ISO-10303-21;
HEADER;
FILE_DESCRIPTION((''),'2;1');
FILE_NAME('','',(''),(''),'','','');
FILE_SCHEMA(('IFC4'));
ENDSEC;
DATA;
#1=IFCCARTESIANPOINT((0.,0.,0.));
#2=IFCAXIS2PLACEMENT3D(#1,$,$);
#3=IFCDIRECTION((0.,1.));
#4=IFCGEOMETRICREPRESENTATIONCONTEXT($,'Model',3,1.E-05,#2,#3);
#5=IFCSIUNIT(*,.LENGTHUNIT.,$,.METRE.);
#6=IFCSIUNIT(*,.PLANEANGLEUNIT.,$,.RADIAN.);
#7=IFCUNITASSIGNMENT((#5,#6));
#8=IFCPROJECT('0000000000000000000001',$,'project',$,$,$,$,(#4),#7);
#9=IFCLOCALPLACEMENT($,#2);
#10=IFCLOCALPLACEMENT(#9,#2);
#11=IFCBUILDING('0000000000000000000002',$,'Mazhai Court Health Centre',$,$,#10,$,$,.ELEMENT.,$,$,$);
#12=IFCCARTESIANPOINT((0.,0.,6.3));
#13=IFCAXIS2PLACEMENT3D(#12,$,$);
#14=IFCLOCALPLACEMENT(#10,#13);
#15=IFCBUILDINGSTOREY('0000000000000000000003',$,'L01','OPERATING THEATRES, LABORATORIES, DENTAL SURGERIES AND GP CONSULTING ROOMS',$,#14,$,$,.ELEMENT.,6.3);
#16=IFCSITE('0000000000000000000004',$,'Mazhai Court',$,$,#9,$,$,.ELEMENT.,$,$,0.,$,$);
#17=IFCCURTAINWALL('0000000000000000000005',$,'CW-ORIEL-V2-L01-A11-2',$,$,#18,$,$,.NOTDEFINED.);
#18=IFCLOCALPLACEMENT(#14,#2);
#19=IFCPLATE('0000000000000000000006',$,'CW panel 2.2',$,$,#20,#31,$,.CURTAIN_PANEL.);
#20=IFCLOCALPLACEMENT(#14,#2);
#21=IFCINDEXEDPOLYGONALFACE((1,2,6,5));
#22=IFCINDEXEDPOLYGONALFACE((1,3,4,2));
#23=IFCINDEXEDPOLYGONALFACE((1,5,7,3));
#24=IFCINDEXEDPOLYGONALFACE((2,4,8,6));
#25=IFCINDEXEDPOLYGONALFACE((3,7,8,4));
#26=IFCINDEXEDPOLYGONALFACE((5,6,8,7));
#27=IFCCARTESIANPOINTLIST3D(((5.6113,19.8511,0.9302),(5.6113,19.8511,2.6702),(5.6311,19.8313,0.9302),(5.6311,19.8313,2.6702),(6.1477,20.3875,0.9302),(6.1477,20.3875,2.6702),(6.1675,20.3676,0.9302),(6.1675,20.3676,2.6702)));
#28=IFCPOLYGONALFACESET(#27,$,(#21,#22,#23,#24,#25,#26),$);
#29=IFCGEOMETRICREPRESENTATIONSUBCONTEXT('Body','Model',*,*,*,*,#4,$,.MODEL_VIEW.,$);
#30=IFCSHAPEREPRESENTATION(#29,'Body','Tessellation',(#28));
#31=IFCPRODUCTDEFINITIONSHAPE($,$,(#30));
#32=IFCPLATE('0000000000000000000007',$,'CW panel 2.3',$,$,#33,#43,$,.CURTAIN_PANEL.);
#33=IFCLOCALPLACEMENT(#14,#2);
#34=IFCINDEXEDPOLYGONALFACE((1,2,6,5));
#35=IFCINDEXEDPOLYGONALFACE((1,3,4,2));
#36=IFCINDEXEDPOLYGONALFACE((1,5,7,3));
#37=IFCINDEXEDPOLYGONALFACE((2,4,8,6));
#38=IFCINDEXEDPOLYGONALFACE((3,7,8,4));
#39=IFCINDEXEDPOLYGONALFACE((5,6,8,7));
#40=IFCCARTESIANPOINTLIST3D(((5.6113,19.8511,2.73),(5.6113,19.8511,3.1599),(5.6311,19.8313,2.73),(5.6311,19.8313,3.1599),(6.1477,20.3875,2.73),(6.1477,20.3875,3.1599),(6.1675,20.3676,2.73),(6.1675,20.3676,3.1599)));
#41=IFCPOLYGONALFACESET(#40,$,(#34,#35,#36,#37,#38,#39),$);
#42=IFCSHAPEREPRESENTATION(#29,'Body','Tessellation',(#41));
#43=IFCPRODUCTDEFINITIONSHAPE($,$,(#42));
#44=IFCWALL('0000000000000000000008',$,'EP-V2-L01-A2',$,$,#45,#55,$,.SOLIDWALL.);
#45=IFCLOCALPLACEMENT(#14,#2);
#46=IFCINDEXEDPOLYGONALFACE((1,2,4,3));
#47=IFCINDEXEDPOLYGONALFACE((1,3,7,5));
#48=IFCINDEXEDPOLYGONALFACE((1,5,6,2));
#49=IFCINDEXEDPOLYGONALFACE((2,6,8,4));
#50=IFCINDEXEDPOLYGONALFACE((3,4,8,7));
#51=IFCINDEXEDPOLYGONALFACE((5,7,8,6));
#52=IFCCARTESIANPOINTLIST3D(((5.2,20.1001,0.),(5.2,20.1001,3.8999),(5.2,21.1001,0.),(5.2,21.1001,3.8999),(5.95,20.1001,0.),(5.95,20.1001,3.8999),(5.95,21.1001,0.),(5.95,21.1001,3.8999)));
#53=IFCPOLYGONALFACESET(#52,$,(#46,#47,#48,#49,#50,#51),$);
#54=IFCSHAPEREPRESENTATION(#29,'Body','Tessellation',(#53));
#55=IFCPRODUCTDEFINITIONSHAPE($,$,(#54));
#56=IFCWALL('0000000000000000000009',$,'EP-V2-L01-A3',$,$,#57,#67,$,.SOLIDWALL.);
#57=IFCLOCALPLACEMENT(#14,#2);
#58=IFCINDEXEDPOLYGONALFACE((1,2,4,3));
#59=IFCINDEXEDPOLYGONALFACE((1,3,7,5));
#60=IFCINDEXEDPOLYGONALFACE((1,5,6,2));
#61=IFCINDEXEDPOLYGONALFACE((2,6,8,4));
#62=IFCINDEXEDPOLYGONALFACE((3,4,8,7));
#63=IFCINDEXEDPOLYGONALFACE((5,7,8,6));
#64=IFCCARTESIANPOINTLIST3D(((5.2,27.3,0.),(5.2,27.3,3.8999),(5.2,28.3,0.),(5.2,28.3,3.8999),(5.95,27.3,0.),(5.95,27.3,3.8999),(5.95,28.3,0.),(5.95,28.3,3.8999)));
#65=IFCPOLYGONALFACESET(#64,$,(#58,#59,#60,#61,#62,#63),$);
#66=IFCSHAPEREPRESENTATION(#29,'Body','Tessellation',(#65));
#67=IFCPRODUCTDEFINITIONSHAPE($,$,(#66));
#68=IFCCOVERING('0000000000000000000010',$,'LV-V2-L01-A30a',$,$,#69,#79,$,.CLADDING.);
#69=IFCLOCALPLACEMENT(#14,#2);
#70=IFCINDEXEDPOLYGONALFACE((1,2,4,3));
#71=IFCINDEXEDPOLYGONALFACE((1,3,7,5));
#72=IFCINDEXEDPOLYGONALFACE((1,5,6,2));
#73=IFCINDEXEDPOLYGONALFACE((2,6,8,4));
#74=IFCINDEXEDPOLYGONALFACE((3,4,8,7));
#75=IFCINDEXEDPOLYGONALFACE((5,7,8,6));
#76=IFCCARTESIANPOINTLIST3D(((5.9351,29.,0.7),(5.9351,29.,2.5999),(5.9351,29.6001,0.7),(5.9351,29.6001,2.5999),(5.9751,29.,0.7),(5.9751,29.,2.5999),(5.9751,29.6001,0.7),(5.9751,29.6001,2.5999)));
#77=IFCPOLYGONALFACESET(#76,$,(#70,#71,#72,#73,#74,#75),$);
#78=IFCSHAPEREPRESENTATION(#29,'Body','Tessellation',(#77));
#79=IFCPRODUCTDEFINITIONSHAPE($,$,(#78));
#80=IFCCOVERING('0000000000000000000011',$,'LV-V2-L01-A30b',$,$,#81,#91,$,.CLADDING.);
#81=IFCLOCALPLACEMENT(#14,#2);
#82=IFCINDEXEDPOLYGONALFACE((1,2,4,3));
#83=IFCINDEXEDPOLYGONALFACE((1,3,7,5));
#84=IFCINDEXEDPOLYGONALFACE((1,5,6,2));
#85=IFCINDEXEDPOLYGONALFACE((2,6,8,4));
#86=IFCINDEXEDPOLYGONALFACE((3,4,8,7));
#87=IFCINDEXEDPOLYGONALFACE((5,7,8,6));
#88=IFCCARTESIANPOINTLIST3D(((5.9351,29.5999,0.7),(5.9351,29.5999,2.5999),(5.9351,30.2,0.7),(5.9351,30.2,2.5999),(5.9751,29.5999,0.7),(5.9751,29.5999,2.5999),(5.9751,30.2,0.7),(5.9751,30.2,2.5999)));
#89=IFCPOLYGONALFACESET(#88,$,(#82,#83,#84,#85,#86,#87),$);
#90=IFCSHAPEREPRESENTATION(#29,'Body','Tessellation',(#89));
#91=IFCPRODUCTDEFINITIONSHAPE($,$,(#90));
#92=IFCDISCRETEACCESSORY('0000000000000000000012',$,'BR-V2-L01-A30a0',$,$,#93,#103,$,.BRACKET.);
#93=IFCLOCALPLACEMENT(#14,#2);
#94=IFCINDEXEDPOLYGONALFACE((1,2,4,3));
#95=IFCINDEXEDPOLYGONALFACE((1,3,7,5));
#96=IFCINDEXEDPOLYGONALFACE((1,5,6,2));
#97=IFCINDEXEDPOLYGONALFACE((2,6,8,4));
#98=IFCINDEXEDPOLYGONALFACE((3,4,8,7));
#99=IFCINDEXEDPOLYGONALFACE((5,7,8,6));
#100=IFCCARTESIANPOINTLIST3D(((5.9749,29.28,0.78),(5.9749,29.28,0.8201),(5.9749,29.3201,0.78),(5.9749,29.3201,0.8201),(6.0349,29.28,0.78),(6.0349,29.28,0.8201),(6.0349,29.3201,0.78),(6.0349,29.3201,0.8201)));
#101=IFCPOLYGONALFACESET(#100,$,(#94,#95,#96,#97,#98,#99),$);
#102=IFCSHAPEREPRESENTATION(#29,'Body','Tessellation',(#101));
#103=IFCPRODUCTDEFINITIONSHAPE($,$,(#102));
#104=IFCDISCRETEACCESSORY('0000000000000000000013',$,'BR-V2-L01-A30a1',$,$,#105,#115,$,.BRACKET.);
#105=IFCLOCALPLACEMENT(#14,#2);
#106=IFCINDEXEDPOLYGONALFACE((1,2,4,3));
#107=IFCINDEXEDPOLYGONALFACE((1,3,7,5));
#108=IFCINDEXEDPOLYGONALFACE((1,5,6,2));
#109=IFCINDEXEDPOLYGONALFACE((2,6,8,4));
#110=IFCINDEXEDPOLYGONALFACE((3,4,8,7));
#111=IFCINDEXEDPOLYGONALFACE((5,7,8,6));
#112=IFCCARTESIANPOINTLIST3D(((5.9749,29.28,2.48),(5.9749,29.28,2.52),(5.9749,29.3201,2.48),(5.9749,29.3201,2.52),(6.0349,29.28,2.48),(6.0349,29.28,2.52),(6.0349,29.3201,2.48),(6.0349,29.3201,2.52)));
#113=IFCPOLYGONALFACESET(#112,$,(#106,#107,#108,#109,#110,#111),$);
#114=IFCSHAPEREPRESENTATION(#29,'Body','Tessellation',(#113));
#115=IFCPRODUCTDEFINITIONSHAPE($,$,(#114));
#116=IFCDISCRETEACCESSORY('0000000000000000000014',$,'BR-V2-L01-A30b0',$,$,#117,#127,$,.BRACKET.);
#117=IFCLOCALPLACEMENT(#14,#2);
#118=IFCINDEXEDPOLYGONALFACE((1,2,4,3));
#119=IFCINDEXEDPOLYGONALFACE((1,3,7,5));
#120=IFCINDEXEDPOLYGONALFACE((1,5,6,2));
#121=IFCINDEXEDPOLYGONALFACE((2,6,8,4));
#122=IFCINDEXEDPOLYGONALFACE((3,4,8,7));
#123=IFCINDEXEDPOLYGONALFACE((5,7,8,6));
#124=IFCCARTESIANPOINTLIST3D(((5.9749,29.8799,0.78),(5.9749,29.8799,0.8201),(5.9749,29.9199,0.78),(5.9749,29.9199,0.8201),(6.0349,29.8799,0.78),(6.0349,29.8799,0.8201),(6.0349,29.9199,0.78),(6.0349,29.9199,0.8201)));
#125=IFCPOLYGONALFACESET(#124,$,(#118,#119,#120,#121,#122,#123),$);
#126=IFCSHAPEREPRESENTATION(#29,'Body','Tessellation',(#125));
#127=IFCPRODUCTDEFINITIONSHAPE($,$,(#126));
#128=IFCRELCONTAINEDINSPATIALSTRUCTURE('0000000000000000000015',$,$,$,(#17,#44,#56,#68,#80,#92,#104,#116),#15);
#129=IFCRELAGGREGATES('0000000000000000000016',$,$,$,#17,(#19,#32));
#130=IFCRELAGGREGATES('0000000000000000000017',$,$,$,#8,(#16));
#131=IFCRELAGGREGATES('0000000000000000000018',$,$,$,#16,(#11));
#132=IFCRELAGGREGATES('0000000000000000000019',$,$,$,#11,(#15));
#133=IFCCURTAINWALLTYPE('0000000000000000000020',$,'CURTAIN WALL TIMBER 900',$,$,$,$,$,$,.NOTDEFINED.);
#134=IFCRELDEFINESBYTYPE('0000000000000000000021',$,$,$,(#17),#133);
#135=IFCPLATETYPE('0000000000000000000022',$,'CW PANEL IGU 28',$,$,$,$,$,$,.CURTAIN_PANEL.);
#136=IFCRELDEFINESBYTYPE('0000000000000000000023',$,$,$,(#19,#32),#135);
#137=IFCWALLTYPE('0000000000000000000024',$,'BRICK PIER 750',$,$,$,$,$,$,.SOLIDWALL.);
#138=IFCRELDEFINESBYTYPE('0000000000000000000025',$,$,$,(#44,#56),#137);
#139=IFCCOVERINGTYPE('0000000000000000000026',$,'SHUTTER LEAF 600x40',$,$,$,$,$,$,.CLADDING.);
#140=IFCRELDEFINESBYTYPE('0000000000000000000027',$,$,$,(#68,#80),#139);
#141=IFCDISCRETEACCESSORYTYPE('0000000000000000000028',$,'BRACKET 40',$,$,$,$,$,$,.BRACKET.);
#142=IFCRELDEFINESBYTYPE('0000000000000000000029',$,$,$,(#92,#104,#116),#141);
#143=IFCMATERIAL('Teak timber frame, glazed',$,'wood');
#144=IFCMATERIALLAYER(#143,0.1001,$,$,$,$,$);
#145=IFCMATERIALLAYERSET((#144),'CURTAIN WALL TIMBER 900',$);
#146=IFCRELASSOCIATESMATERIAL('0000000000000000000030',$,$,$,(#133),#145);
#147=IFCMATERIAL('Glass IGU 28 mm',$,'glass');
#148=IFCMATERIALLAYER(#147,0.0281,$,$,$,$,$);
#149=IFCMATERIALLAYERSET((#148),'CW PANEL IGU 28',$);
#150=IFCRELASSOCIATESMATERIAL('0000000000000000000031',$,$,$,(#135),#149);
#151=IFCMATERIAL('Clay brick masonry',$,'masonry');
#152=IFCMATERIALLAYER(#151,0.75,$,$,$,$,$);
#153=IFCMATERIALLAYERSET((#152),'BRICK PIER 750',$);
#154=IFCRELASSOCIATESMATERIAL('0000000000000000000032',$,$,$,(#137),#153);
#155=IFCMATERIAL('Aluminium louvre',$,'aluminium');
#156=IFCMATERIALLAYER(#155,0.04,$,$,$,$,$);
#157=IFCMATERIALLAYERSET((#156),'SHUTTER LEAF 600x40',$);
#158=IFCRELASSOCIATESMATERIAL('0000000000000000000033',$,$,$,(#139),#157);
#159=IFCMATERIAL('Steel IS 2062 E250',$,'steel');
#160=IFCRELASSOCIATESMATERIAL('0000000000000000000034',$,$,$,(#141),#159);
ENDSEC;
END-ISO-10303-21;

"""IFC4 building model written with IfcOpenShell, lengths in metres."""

from ifc_helpers import new_model, si_unit, direction, frame, frame_2d, origin, origin_2d, place, context, subcontext, project, spatial, rectangle, extrude, material, layer, layer_set, type_object, element, aggregate, save


model = new_model("IFC4")

# Units and contexts
model_context = context("Model", 3, precision=1e-05, world=origin(), true_north=direction((0.0, 1.0)))
body_context = subcontext(model_context, "Body", "Model", "MODEL_VIEW")
ifc_project = project(units=[si_unit("LENGTHUNIT", "METRE"), si_unit("PLANEANGLEUNIT", "RADIAN")], contexts=[model_context])

# Site, building, storey
site_placement = place(None, origin())
site = spatial("IfcSite", under=ifc_project, at=site_placement, Name="Mazhai Court", CompositionType="ELEMENT", RefElevation=0.0)
building_placement = place(site_placement, origin())
building = spatial("IfcBuilding", under=site, at=building_placement, Name="Mazhai Court Health Centre", CompositionType="ELEMENT")
storey_placement = place(building_placement, frame((0.0, 0.0, 6.3)))
storey = spatial("IfcBuildingStorey", under=building, at=storey_placement, Name="L01", Description="OPERATING THEATRES, LABORATORIES, DENTAL SURGERIES AND GP CONSULTING ROOMS", CompositionType="ELEMENT", Elevation=6.3)

# Curtain wall, plates
ifc_material_1 = material(Name="Teak timber frame, glazed", Category="wood")
ifc_layer_1 = layer(ifc_material_1, 0.1001)
ifc_layer_set_1 = layer_set([ifc_layer_1], Name="CURTAIN WALL TIMBER 900")
curtain_wall_type = type_object("IfcCurtainWallType", Name="CURTAIN WALL TIMBER 900", PredefinedType="NOTDEFINED", material=ifc_layer_set_1)
curtain_wall_placement = place(storey_placement, origin())
curtain_wall = element("IfcCurtainWall", 1, at=curtain_wall_placement, inside=storey, type_object=curtain_wall_type, Name="CW-ORIEL-V2-L01-A11-2", PredefinedType="NOTDEFINED")
ifc_material_2 = material(Name="Glass IGU 28 mm", Category="glass")
ifc_layer_2 = layer(ifc_material_2, 0.0281)
ifc_layer_set_2 = layer_set([ifc_layer_2], Name="CW PANEL IGU 28")
plate_type = type_object("IfcPlateType", Name="CW PANEL IGU 28", PredefinedType="CURTAIN_PANEL", material=ifc_layer_set_2)
plate_1_placement = place(storey_placement, frame((5.8894, 20.1094, 0.9302), z_axis=(0.0, 0.0, 1.0), x_axis=(0.707107, 0.707107, 0.0)))
plate_1 = element("IfcPlate", 2, at=plate_1_placement, type_object=plate_type, Name="CW panel 2.2", PredefinedType="CURTAIN_PANEL", context=body_context, shape_type="SweptSolid", body=[
    extrude(rectangle(XDim=0.7585, YDim=0.0281, at=origin_2d()), origin(), (0.0, 0.0, 1.0), 1.74),
])
plate_2_placement = place(storey_placement, frame((5.8894, 20.1094, 2.73), z_axis=(0.0, 0.0, 1.0), x_axis=(0.707107, 0.707107, 0.0)))
plate_2 = element("IfcPlate", 3, at=plate_2_placement, type_object=plate_type, Name="CW panel 2.3", PredefinedType="CURTAIN_PANEL", context=body_context, shape_type="SweptSolid", body=[
    extrude(rectangle(XDim=0.7585, YDim=0.0281, at=origin_2d()), origin(), (0.0, 0.0, 1.0), 0.4299),
])
aggregate(curtain_wall, [plate_1, plate_2])

# Walls
ifc_material_3 = material(Name="Clay brick masonry", Category="masonry")
ifc_layer_3 = layer(ifc_material_3, 0.75)
ifc_layer_set_3 = layer_set([ifc_layer_3], Name="BRICK PIER 750")
wall_type = type_object("IfcWallType", Name="BRICK PIER 750", PredefinedType="SOLIDWALL", material=ifc_layer_set_3)
for number, where, z_axis, x_axis, name in (
    (4, (5.575, 20.1001, 0.0), (0.0, 0.0, 1.0), (0.0, 1.0, 0.0), "EP-V2-L01-A2"),
    (5, (5.575, 27.3, 0.0), (0.0, 0.0, 1.0), (0.0, 1.0, 0.0), "EP-V2-L01-A3"),
):
    element("IfcWall", number, at=place(storey_placement, frame(where, z_axis=z_axis, x_axis=x_axis)), inside=storey, type_object=wall_type, Name=name, PredefinedType="SOLIDWALL", context=body_context, shape_type="SweptSolid", body=[
        extrude(rectangle(XDim=1.0, YDim=0.75, at=frame_2d((0.5, 0.0))), origin(), (0.0, 0.0, 1.0), 3.8999),
    ])

# Coverings
ifc_material_4 = material(Name="Aluminium louvre", Category="aluminium")
ifc_layer_4 = layer(ifc_material_4, 0.04)
ifc_layer_set_4 = layer_set([ifc_layer_4], Name="SHUTTER LEAF 600x40")
covering_type = type_object("IfcCoveringType", Name="SHUTTER LEAF 600x40", PredefinedType="CLADDING", material=ifc_layer_set_4)
for number, where, z_axis, x_axis, name in (
    (6, (5.9551, 29.3, 0.7), (0.0, 0.0, 1.0), (0.0, 1.0, 0.0), "LV-V2-L01-A30a"),
    (7, (5.9551, 29.8999, 0.7), (0.0, 0.0, 1.0), (0.0, 1.0, 0.0), "LV-V2-L01-A30b"),
):
    element("IfcCovering", number, at=place(storey_placement, frame(where, z_axis=z_axis, x_axis=x_axis)), inside=storey, type_object=covering_type, Name=name, PredefinedType="CLADDING", context=body_context, shape_type="SweptSolid", body=[
        extrude(rectangle(XDim=0.6001, YDim=0.04, at=origin_2d()), origin(), (0.0, 0.0, 1.0), 1.8999),
    ])

# Discrete accessories
ifc_material_5 = material(Name="Steel IS 2062 E250", Category="steel")
discrete_accessory_type = type_object("IfcDiscreteAccessoryType", Name="BRACKET 40", PredefinedType="BRACKET", material=ifc_material_5)
for number, where, z_axis, x_axis, name in (
    (8, (6.0049, 29.3, 0.78), (0.0, 0.0, 1.0), (0.0, 1.0, 0.0), "BR-V2-L01-A30a0"),
    (9, (6.0049, 29.3, 2.48), (0.0, 0.0, 1.0), (0.0, 1.0, 0.0), "BR-V2-L01-A30a1"),
    (10, (6.0049, 29.8999, 0.78), (0.0, 0.0, 1.0), (0.0, 1.0, 0.0), "BR-V2-L01-A30b0"),
):
    element("IfcDiscreteAccessory", number, at=place(storey_placement, frame(where, z_axis=z_axis, x_axis=x_axis)), inside=storey, type_object=discrete_accessory_type, Name=name, PredefinedType="BRACKET", context=body_context, shape_type="SweptSolid", body=[
        extrude(rectangle(XDim=0.04, YDim=0.0601, at=origin_2d()), origin(), (0.0, 0.0, 1.0), 0.04),
    ])

save(model, "model.ifc")
